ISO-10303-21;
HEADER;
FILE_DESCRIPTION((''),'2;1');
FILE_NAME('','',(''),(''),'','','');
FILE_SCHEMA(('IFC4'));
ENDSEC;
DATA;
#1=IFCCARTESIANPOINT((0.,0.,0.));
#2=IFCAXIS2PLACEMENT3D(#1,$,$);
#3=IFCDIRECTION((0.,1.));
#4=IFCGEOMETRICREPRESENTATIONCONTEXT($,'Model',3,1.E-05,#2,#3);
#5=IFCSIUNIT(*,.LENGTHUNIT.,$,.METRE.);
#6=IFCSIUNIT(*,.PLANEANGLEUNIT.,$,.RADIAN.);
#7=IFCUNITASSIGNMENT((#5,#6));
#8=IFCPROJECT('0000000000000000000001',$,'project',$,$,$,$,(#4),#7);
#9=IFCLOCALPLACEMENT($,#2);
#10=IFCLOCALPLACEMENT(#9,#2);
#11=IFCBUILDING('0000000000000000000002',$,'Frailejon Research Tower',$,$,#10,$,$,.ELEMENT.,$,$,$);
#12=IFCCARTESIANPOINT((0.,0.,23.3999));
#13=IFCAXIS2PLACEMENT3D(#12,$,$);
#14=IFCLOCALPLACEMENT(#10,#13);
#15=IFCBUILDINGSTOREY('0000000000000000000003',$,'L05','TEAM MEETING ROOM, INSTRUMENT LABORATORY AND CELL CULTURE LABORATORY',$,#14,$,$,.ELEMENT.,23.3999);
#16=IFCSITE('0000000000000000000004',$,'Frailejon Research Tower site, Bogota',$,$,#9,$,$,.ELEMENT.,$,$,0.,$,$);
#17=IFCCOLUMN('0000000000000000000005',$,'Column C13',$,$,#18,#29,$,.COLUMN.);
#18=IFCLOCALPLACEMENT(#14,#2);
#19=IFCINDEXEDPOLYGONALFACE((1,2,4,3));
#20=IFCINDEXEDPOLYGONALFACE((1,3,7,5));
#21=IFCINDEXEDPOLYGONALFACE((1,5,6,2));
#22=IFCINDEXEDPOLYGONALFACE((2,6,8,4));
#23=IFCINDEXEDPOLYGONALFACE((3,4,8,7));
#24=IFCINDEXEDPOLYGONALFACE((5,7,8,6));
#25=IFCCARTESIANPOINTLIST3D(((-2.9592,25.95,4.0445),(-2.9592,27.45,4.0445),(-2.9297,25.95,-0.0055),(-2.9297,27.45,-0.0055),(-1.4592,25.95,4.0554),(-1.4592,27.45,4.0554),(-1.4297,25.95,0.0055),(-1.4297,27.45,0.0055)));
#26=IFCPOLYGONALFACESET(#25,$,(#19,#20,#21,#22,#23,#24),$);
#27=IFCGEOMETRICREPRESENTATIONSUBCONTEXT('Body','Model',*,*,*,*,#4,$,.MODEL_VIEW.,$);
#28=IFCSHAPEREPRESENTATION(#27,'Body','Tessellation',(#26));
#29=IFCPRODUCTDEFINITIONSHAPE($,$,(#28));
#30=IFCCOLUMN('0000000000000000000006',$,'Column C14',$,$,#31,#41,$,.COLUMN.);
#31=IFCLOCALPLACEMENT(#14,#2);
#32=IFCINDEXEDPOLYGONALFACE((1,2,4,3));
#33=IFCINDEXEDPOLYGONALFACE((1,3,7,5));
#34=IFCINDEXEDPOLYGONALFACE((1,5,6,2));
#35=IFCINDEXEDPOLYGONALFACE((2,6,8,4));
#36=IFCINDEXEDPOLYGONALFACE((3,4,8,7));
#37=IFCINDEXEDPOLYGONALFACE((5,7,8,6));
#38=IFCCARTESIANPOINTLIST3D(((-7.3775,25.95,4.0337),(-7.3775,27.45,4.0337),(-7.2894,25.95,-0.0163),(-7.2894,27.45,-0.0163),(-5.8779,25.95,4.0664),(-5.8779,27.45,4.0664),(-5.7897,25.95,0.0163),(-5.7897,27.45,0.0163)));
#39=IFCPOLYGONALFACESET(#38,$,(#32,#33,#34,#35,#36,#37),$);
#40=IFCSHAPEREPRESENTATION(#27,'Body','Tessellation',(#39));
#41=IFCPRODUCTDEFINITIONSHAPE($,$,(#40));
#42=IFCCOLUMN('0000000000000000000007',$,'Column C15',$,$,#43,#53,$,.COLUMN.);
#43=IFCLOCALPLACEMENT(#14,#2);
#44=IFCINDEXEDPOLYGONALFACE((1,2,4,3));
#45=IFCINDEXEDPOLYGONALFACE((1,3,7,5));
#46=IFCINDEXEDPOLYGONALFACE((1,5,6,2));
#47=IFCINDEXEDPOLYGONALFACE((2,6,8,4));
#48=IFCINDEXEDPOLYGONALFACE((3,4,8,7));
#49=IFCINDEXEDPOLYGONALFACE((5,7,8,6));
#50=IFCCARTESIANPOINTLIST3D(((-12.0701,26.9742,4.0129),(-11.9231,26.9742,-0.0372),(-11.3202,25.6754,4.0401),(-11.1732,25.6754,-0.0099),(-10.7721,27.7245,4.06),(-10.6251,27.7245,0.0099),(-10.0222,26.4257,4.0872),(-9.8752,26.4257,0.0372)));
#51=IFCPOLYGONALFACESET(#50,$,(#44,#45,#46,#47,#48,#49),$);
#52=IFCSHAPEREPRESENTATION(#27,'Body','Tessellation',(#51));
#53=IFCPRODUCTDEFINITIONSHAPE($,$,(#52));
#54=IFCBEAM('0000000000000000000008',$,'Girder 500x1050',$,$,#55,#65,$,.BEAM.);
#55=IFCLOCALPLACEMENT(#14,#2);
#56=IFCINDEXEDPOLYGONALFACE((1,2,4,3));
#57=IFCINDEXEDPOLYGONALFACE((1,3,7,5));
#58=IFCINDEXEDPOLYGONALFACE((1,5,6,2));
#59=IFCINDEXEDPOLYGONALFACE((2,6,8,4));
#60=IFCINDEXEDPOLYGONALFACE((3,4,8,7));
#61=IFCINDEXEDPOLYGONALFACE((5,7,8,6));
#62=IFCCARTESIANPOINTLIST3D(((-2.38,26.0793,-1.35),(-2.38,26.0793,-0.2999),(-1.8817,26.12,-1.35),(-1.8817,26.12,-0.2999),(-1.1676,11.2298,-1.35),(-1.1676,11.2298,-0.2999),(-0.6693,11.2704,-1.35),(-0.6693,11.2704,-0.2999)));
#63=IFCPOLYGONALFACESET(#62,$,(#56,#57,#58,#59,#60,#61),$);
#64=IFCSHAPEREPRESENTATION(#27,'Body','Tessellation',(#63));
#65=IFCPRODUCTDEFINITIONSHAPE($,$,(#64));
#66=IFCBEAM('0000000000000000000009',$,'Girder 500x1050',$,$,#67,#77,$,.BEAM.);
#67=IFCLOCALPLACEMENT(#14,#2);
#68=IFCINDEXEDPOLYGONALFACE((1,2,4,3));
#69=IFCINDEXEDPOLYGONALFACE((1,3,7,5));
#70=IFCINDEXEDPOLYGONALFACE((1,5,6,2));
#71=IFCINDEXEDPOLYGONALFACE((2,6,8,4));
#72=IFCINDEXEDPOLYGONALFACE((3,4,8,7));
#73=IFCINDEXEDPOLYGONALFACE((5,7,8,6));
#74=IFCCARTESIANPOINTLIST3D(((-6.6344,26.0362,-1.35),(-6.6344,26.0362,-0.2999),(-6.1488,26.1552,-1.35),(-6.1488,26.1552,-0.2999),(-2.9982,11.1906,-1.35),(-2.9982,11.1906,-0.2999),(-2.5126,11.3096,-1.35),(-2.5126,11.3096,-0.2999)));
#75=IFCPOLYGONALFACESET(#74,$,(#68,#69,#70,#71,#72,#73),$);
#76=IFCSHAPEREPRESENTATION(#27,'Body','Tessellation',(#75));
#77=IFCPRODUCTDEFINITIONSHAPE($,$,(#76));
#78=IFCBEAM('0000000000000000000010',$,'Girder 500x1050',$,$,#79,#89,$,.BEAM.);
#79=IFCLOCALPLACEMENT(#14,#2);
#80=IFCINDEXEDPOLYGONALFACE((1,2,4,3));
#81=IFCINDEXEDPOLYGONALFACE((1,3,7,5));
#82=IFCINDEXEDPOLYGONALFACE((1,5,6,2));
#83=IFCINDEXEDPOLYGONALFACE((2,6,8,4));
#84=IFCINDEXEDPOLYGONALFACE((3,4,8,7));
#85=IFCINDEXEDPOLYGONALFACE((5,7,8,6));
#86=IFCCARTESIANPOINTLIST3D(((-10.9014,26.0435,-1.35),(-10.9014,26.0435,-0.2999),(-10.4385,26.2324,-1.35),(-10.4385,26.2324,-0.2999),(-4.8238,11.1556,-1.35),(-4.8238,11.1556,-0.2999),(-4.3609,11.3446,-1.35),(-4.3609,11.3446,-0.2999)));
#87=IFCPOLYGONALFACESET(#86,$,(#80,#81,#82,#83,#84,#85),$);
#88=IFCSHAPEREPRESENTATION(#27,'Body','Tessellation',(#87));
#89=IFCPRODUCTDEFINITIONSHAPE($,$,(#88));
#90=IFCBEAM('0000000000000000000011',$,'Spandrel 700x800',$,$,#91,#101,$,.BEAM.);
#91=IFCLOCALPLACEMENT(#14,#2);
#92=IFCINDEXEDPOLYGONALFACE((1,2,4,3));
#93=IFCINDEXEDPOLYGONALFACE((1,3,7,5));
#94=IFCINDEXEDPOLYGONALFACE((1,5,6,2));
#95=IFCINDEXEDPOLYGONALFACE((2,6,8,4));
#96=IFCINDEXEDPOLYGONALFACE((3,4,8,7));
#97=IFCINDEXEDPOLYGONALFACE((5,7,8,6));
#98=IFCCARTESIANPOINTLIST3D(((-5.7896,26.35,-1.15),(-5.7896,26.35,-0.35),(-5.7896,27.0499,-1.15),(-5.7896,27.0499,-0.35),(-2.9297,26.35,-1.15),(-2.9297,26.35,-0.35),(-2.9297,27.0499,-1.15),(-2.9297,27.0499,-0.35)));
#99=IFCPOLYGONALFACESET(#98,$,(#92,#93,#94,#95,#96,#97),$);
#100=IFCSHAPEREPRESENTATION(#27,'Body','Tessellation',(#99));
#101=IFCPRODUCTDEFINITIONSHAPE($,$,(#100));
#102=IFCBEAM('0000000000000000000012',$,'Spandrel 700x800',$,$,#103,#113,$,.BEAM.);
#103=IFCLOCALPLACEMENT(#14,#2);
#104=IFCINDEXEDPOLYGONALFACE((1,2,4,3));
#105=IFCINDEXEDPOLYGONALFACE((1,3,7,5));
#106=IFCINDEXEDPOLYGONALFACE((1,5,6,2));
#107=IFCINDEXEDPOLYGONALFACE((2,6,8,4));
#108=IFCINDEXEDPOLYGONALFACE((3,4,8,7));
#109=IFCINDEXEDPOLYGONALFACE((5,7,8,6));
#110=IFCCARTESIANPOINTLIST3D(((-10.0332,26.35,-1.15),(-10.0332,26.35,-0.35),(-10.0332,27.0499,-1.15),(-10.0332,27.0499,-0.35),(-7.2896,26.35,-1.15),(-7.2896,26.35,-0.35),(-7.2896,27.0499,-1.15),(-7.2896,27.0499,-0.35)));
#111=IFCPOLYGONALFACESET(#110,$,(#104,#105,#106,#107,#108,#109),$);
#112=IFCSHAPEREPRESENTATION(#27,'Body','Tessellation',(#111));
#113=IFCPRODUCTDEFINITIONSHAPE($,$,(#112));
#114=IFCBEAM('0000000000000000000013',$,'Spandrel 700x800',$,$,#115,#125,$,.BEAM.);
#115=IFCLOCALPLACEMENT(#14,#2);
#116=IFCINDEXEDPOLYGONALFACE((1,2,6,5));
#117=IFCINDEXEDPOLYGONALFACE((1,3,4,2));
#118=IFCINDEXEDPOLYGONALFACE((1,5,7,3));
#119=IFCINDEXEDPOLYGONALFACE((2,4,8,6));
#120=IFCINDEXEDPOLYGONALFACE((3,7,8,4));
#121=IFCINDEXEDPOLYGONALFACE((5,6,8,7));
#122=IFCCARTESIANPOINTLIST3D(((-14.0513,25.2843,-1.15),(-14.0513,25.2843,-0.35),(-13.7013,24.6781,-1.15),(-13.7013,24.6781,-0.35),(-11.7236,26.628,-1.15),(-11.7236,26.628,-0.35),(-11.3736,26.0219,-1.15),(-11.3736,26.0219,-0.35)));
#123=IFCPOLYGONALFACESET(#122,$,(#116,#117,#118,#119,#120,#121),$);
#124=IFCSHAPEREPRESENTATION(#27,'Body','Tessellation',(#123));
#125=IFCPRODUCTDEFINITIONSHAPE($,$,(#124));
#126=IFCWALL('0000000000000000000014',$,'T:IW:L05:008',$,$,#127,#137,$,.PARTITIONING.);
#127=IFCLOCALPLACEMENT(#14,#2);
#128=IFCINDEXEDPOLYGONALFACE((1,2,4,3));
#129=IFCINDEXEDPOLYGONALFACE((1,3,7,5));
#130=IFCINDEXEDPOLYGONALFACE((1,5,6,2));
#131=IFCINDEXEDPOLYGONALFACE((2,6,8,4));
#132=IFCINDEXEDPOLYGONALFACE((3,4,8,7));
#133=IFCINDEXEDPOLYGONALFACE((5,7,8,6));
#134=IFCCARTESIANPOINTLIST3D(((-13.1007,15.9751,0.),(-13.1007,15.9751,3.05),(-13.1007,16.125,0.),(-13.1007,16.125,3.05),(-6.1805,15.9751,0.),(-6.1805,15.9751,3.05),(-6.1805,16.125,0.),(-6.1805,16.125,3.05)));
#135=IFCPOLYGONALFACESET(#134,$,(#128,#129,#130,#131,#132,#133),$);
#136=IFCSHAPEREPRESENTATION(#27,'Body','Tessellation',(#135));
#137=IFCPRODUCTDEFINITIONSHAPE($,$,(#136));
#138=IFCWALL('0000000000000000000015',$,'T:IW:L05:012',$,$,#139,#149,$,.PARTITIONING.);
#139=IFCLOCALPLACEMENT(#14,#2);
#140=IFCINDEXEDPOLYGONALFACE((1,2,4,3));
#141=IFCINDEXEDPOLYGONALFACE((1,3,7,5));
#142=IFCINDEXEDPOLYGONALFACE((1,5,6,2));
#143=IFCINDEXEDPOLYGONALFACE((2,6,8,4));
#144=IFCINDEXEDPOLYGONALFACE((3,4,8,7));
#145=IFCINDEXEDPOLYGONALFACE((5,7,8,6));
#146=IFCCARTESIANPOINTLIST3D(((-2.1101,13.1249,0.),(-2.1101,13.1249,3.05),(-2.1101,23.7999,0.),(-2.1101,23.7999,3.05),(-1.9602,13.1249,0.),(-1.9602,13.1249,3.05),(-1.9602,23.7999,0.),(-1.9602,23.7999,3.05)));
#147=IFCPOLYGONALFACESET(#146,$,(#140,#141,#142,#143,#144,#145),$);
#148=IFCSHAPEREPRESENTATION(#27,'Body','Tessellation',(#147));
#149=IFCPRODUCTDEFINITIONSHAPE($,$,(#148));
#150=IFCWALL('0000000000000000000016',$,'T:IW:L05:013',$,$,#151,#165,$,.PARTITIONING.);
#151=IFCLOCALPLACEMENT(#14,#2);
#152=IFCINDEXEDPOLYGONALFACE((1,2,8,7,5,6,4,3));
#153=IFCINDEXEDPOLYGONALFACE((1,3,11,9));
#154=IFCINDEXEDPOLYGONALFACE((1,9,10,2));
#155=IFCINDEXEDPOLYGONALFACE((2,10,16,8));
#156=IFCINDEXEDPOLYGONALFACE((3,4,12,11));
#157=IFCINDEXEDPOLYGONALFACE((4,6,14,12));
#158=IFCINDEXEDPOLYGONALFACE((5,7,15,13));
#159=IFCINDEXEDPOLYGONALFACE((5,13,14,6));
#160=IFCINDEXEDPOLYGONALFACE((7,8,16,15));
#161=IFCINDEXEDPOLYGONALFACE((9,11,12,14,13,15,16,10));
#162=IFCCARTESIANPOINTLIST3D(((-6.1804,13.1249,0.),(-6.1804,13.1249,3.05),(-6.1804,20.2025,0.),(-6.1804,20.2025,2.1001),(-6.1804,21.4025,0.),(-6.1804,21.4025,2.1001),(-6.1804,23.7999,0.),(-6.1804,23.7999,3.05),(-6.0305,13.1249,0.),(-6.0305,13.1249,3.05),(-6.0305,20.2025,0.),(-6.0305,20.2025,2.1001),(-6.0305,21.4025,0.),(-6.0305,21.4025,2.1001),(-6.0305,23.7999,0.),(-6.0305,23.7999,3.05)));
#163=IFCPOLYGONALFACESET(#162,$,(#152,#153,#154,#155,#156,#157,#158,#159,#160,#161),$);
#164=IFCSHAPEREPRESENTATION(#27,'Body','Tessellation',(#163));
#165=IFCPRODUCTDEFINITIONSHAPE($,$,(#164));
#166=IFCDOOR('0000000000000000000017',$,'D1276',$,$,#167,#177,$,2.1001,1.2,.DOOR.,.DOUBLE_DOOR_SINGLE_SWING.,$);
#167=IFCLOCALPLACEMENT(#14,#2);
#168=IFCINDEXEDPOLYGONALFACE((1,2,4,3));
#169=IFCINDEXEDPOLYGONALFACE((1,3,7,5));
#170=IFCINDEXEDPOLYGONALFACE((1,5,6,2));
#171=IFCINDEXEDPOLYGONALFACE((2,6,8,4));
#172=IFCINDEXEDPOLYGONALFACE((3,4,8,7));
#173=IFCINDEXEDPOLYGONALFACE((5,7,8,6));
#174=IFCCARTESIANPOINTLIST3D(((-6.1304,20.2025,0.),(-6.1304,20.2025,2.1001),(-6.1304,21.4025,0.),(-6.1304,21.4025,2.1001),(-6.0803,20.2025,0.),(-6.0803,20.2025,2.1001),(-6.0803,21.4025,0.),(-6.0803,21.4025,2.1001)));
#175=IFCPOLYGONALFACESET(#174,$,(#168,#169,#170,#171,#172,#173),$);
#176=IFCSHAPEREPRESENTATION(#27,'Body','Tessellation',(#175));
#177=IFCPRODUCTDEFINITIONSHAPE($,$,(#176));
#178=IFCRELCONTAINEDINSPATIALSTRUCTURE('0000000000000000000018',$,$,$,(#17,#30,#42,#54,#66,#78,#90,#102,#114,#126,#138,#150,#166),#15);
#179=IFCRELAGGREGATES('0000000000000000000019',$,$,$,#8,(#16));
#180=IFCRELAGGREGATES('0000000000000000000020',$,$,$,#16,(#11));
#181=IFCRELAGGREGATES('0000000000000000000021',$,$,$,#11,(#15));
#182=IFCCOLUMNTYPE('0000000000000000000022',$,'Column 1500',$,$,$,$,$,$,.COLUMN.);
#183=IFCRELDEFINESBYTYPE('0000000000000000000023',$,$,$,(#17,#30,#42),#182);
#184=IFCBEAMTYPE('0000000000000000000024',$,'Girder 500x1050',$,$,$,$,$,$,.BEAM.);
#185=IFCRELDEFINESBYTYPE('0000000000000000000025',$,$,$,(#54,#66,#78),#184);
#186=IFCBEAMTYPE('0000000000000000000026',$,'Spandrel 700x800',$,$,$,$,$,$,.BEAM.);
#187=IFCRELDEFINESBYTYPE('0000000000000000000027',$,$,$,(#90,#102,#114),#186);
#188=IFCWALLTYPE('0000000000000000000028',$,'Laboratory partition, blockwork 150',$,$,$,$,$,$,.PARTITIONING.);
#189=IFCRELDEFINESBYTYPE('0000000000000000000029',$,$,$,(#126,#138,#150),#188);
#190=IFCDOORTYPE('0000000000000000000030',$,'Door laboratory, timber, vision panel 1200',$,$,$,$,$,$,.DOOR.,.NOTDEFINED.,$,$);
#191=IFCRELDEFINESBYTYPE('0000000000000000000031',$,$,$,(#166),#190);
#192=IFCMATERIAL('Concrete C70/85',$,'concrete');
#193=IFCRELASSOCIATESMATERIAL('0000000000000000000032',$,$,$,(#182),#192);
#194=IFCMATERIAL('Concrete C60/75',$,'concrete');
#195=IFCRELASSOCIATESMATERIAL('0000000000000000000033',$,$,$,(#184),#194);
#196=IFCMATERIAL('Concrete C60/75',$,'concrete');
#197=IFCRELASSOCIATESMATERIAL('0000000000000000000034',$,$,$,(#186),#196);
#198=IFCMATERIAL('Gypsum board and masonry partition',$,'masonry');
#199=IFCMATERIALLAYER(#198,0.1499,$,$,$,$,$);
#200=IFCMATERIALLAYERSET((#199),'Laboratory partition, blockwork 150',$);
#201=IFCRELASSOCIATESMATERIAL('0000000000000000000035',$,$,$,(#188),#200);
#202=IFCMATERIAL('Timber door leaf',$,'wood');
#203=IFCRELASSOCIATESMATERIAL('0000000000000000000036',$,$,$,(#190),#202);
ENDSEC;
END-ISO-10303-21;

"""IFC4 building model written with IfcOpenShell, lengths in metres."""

from ifc_helpers import new_model, si_unit, direction, frame, frame_2d, origin, origin_2d, place, context, subcontext, project, spatial, rectangle, extrude, material, layer, layer_set, material_profile, profile_set, type_object, element, fill, save


model = new_model("IFC4")

# Units and contexts
model_context = context("Model", 3, precision=1e-05, world=origin(), true_north=direction((0.0, 1.0)))
body_context = subcontext(model_context, "Body", "Model", "MODEL_VIEW")
ifc_project = project(units=[si_unit("LENGTHUNIT", "METRE"), si_unit("PLANEANGLEUNIT", "RADIAN")], contexts=[model_context])

# Site, building, storey
site_placement = place(None, origin())
site = spatial("IfcSite", under=ifc_project, at=site_placement, Name="Frailejon Research Tower site, Bogota", CompositionType="ELEMENT", RefElevation=0.0)
building_placement = place(site_placement, origin())
building = spatial("IfcBuilding", under=site, at=building_placement, Name="Frailejon Research Tower", CompositionType="ELEMENT")
storey_placement = place(building_placement, frame((0.0, 0.0, 23.3999)))
storey = spatial("IfcBuildingStorey", under=building, at=storey_placement, Name="L05", Description="TEAM MEETING ROOM, INSTRUMENT LABORATORY AND CELL CULTURE LABORATORY", CompositionType="ELEMENT", Elevation=23.3999)

# Columns
ifc_material_1 = material(Name="Concrete C70/85", Category="concrete")
ifc_material_profile_1 = material_profile(ifc_material_1, rectangle(XDim=1.5, YDim=1.5, at=origin_2d()), Name="Column 1500")
ifc_profile_set_1 = profile_set([ifc_material_profile_1], Name="Concrete C70/85")
column_type = type_object("IfcColumnType", Name="Column 1500", PredefinedType="COLUMN", material=ifc_profile_set_1)
column_1_placement = place(storey_placement, frame((-2.1797, 26.7, 0.0), z_axis=(-0.007294, 0.0, 0.999973), x_axis=(-0.999973, 0.0, -0.007294)))
element("IfcColumn", 1, at=column_1_placement, inside=storey, type_object=column_type, Name="Column C13", PredefinedType="COLUMN", context=body_context, shape_type="SweptSolid", body=[
    extrude(rectangle(XDim=1.5, YDim=1.5, at=origin_2d()), origin(), (0.0, 0.0, 1.0), 4.05),
])
column_2_placement = place(storey_placement, frame((-6.5396, 26.7, 0.0), z_axis=(-0.021756, 0.0, 0.999763), x_axis=(-0.999763, 0.0, -0.021756)))
element("IfcColumn", 2, at=column_2_placement, inside=storey, type_object=column_type, Name="Column C14", PredefinedType="COLUMN", context=body_context, shape_type="SweptSolid", body=[
    extrude(rectangle(XDim=1.5, YDim=1.5, at=origin_2d()), origin(), (0.0, 0.0, 1.0), 4.051),
])
column_3_placement = place(storey_placement, frame((-10.8992, 26.7, 0.0), z_axis=(-0.036265, 0.0, 0.999342), x_axis=(-0.865314, -0.500246, -0.031401)))
element("IfcColumn", 3, at=column_3_placement, inside=storey, type_object=column_type, Name="Column C15", PredefinedType="COLUMN", context=body_context, shape_type="SweptSolid", body=[
    extrude(rectangle(XDim=1.5, YDim=1.5, at=origin_2d()), origin(), (0.0, 0.0, 1.0), 4.0527),
])

# Beams
ifc_material_2 = material(Name="Concrete C60/75", Category="concrete")
ifc_material_profile_2 = material_profile(ifc_material_2, rectangle(XDim=0.5, YDim=1.05, at=origin_2d()), Name="Girder 500x1050")
ifc_profile_set_2 = profile_set([ifc_material_profile_2], Name="Concrete C60/75")
beam_type_1 = type_object("IfcBeamType", Name="Girder 500x1050", PredefinedType="BEAM", material=ifc_profile_set_2)
beam_1_placement = place(storey_placement, frame((-2.1309, 26.0996, -0.825), z_axis=(0.081375, -0.996684, 0.0), x_axis=(0.996684, 0.081375, 0.0)))
element("IfcBeam", 4, at=beam_1_placement, inside=storey, type_object=beam_type_1, Name="Girder 500x1050", PredefinedType="BEAM", context=body_context, shape_type="SweptSolid", body=[
    extrude(rectangle(XDim=0.5, YDim=1.05, at=origin_2d()), origin(), (0.0, 0.0, 1.0), 14.8989),
])
beam_2_placement = place(storey_placement, frame((-6.3916, 26.0957, -0.825), z_axis=(0.237903, -0.971289, 0.0), x_axis=(0.971289, 0.237903, 0.0)))
element("IfcBeam", 5, at=beam_2_placement, inside=storey, type_object=beam_type_1, Name="Girder 500x1050", PredefinedType="BEAM", context=body_context, shape_type="SweptSolid", body=[
    extrude(rectangle(XDim=0.5, YDim=1.05, at=origin_2d()), origin(), (0.0, 0.0, 1.0), 15.2844),
])
beam_3_placement = place(storey_placement, frame((-10.6699, 26.1379, -0.825), z_axis=(0.377946, -0.925827, 0.0), x_axis=(0.925827, 0.377946, 0.0)))
element("IfcBeam", 6, at=beam_3_placement, inside=storey, type_object=beam_type_1, Name="Girder 500x1050", PredefinedType="BEAM", context=body_context, shape_type="SweptSolid", body=[
    extrude(rectangle(XDim=0.5, YDim=1.05, at=origin_2d()), origin(), (0.0, 0.0, 1.0), 16.0806),
])
ifc_material_3 = material(Name="Concrete C60/75", Category="concrete")
ifc_material_profile_3 = material_profile(ifc_material_3, rectangle(XDim=0.7, YDim=0.8, at=origin_2d()), Name="Spandrel 700x800")
ifc_profile_set_3 = profile_set([ifc_material_profile_3], Name="Concrete C60/75")
beam_type_2 = type_object("IfcBeamType", Name="Spandrel 700x800", PredefinedType="BEAM", material=ifc_profile_set_3)
beam_4_placement = place(storey_placement, frame((-2.9297, 26.7, -0.75), z_axis=(-1.0, 0.0, 0.0), x_axis=(0.0, -1.0, 0.0)))
element("IfcBeam", 7, at=beam_4_placement, inside=storey, type_object=beam_type_2, Name="Spandrel 700x800", PredefinedType="BEAM", context=body_context, shape_type="SweptSolid", body=[
    extrude(rectangle(XDim=0.7, YDim=0.8, at=origin_2d()), origin(), (0.0, 0.0, 1.0), 2.8599),
])
beam_5_placement = place(storey_placement, frame((-7.2896, 26.7, -0.75), z_axis=(-1.0, 0.0, 0.0), x_axis=(0.0, -1.0, 0.0)))
element("IfcBeam", 8, at=beam_5_placement, inside=storey, type_object=beam_type_2, Name="Spandrel 700x800", PredefinedType="BEAM", context=body_context, shape_type="SweptSolid", body=[
    extrude(rectangle(XDim=0.7, YDim=0.8, at=origin_2d()), origin(), (0.0, 0.0, 1.0), 2.7437),
])
beam_6_placement = place(storey_placement, frame((-11.5486, 26.325, -0.75), z_axis=(-0.866043, -0.499969, 0.0), x_axis=(0.499969, -0.866043, 0.0)))
element("IfcBeam", 9, at=beam_6_placement, inside=storey, type_object=beam_type_2, Name="Spandrel 700x800", PredefinedType="BEAM", context=body_context, shape_type="SweptSolid", body=[
    extrude(rectangle(XDim=0.7, YDim=0.8, at=origin_2d()), origin(), (0.0, 0.0, 1.0), 2.6877),
])

# Walls
ifc_material_4 = material(Name="Gypsum board and masonry partition", Category="masonry")
ifc_layer_1 = layer(ifc_material_4, 0.1499)
ifc_layer_set_1 = layer_set([ifc_layer_1], Name="Laboratory partition, blockwork 150")
wall_type_1 = type_object("IfcWallType", Name="Laboratory partition, blockwork 150", PredefinedType="PARTITIONING", material=ifc_layer_set_1)
wall_1_placement = place(storey_placement, frame((-13.1006, 16.05, 0.0), z_axis=(0.0, 0.0, 1.0), x_axis=(1.0, 0.0, 0.0)))
element("IfcWall", 10, at=wall_1_placement, inside=storey, type_object=wall_type_1, Name="T:IW:L05:008", PredefinedType="PARTITIONING", context=body_context, shape_type="SweptSolid", body=[
    extrude(rectangle(XDim=6.9202, YDim=0.1499, at=frame_2d((3.46, 0.0))), origin(), (0.0, 0.0, 1.0), 3.05),
])
wall_2_placement = place(storey_placement, frame((-2.0352, 13.125, 0.0), z_axis=(0.0, 0.0, 1.0), x_axis=(0.0, 1.0, 0.0)))
element("IfcWall", 11, at=wall_2_placement, inside=storey, type_object=wall_type_1, Name="T:IW:L05:012", PredefinedType="PARTITIONING", context=body_context, shape_type="SweptSolid", body=[
    extrude(rectangle(XDim=10.675, YDim=0.1499, at=frame_2d((5.3374, 0.0))), origin(), (0.0, 0.0, 1.0), 3.05),
])

# Wall, opening, door
wall_3_placement = place(storey_placement, frame((-6.1055, 13.125, 0.0), z_axis=(0.0, 0.0, 1.0), x_axis=(0.0, 1.0, 0.0)))
wall_3 = element("IfcWall", 12, at=wall_3_placement, inside=storey, type_object=wall_type_1, Name="T:IW:L05:013", PredefinedType="PARTITIONING", context=body_context, shape_type="SweptSolid", body=[
    extrude(rectangle(XDim=10.675, YDim=0.1499, at=frame_2d((5.3374, 0.0))), origin(), (0.0, 0.0, 1.0), 3.05),
])
opening_1_placement = place(wall_3_placement, frame((7.0774, 0.0, 0.0)))
opening_1 = element("IfcOpeningElement", 13, at=opening_1_placement, cuts=wall_3, PredefinedType="OPENING", context=body_context, shape_type="SweptSolid", body=[
    extrude(rectangle(XDim=1.2, YDim=2.1001, at=frame_2d((0.6001, 1.05))), frame((0.0, 0.085, 0.0), z_axis=(0.0, -1.0, 0.0), x_axis=(1.0, 0.0, 0.0)), (0.0, 0.0, 1.0), 0.1699),
])
ifc_material_5 = material(Name="Timber door leaf", Category="wood")
door_type = type_object("IfcDoorType", Name="Door laboratory, timber, vision panel 1200", OperationType="NOTDEFINED", PredefinedType="DOOR", material=ifc_material_5)
door_placement = place(opening_1_placement, origin())
door = element("IfcDoor", 14, at=door_placement, inside=storey, type_object=door_type, Name="D1276", OperationType="DOUBLE_DOOR_SINGLE_SWING", OverallHeight=2.1001, OverallWidth=1.2, PredefinedType="DOOR", context=body_context, shape_type="SweptSolid", body=[
    extrude(rectangle(XDim=1.2, YDim=2.1001, at=frame_2d((0.6001, 1.05))), frame((0.0, 0.0249, 0.0), z_axis=(0.0, -1.0, 0.0), x_axis=(1.0, 0.0, 0.0)), (0.0, 0.0, 1.0), 0.05),
])
fill(opening_1, door)

save(model, "model.ifc")
